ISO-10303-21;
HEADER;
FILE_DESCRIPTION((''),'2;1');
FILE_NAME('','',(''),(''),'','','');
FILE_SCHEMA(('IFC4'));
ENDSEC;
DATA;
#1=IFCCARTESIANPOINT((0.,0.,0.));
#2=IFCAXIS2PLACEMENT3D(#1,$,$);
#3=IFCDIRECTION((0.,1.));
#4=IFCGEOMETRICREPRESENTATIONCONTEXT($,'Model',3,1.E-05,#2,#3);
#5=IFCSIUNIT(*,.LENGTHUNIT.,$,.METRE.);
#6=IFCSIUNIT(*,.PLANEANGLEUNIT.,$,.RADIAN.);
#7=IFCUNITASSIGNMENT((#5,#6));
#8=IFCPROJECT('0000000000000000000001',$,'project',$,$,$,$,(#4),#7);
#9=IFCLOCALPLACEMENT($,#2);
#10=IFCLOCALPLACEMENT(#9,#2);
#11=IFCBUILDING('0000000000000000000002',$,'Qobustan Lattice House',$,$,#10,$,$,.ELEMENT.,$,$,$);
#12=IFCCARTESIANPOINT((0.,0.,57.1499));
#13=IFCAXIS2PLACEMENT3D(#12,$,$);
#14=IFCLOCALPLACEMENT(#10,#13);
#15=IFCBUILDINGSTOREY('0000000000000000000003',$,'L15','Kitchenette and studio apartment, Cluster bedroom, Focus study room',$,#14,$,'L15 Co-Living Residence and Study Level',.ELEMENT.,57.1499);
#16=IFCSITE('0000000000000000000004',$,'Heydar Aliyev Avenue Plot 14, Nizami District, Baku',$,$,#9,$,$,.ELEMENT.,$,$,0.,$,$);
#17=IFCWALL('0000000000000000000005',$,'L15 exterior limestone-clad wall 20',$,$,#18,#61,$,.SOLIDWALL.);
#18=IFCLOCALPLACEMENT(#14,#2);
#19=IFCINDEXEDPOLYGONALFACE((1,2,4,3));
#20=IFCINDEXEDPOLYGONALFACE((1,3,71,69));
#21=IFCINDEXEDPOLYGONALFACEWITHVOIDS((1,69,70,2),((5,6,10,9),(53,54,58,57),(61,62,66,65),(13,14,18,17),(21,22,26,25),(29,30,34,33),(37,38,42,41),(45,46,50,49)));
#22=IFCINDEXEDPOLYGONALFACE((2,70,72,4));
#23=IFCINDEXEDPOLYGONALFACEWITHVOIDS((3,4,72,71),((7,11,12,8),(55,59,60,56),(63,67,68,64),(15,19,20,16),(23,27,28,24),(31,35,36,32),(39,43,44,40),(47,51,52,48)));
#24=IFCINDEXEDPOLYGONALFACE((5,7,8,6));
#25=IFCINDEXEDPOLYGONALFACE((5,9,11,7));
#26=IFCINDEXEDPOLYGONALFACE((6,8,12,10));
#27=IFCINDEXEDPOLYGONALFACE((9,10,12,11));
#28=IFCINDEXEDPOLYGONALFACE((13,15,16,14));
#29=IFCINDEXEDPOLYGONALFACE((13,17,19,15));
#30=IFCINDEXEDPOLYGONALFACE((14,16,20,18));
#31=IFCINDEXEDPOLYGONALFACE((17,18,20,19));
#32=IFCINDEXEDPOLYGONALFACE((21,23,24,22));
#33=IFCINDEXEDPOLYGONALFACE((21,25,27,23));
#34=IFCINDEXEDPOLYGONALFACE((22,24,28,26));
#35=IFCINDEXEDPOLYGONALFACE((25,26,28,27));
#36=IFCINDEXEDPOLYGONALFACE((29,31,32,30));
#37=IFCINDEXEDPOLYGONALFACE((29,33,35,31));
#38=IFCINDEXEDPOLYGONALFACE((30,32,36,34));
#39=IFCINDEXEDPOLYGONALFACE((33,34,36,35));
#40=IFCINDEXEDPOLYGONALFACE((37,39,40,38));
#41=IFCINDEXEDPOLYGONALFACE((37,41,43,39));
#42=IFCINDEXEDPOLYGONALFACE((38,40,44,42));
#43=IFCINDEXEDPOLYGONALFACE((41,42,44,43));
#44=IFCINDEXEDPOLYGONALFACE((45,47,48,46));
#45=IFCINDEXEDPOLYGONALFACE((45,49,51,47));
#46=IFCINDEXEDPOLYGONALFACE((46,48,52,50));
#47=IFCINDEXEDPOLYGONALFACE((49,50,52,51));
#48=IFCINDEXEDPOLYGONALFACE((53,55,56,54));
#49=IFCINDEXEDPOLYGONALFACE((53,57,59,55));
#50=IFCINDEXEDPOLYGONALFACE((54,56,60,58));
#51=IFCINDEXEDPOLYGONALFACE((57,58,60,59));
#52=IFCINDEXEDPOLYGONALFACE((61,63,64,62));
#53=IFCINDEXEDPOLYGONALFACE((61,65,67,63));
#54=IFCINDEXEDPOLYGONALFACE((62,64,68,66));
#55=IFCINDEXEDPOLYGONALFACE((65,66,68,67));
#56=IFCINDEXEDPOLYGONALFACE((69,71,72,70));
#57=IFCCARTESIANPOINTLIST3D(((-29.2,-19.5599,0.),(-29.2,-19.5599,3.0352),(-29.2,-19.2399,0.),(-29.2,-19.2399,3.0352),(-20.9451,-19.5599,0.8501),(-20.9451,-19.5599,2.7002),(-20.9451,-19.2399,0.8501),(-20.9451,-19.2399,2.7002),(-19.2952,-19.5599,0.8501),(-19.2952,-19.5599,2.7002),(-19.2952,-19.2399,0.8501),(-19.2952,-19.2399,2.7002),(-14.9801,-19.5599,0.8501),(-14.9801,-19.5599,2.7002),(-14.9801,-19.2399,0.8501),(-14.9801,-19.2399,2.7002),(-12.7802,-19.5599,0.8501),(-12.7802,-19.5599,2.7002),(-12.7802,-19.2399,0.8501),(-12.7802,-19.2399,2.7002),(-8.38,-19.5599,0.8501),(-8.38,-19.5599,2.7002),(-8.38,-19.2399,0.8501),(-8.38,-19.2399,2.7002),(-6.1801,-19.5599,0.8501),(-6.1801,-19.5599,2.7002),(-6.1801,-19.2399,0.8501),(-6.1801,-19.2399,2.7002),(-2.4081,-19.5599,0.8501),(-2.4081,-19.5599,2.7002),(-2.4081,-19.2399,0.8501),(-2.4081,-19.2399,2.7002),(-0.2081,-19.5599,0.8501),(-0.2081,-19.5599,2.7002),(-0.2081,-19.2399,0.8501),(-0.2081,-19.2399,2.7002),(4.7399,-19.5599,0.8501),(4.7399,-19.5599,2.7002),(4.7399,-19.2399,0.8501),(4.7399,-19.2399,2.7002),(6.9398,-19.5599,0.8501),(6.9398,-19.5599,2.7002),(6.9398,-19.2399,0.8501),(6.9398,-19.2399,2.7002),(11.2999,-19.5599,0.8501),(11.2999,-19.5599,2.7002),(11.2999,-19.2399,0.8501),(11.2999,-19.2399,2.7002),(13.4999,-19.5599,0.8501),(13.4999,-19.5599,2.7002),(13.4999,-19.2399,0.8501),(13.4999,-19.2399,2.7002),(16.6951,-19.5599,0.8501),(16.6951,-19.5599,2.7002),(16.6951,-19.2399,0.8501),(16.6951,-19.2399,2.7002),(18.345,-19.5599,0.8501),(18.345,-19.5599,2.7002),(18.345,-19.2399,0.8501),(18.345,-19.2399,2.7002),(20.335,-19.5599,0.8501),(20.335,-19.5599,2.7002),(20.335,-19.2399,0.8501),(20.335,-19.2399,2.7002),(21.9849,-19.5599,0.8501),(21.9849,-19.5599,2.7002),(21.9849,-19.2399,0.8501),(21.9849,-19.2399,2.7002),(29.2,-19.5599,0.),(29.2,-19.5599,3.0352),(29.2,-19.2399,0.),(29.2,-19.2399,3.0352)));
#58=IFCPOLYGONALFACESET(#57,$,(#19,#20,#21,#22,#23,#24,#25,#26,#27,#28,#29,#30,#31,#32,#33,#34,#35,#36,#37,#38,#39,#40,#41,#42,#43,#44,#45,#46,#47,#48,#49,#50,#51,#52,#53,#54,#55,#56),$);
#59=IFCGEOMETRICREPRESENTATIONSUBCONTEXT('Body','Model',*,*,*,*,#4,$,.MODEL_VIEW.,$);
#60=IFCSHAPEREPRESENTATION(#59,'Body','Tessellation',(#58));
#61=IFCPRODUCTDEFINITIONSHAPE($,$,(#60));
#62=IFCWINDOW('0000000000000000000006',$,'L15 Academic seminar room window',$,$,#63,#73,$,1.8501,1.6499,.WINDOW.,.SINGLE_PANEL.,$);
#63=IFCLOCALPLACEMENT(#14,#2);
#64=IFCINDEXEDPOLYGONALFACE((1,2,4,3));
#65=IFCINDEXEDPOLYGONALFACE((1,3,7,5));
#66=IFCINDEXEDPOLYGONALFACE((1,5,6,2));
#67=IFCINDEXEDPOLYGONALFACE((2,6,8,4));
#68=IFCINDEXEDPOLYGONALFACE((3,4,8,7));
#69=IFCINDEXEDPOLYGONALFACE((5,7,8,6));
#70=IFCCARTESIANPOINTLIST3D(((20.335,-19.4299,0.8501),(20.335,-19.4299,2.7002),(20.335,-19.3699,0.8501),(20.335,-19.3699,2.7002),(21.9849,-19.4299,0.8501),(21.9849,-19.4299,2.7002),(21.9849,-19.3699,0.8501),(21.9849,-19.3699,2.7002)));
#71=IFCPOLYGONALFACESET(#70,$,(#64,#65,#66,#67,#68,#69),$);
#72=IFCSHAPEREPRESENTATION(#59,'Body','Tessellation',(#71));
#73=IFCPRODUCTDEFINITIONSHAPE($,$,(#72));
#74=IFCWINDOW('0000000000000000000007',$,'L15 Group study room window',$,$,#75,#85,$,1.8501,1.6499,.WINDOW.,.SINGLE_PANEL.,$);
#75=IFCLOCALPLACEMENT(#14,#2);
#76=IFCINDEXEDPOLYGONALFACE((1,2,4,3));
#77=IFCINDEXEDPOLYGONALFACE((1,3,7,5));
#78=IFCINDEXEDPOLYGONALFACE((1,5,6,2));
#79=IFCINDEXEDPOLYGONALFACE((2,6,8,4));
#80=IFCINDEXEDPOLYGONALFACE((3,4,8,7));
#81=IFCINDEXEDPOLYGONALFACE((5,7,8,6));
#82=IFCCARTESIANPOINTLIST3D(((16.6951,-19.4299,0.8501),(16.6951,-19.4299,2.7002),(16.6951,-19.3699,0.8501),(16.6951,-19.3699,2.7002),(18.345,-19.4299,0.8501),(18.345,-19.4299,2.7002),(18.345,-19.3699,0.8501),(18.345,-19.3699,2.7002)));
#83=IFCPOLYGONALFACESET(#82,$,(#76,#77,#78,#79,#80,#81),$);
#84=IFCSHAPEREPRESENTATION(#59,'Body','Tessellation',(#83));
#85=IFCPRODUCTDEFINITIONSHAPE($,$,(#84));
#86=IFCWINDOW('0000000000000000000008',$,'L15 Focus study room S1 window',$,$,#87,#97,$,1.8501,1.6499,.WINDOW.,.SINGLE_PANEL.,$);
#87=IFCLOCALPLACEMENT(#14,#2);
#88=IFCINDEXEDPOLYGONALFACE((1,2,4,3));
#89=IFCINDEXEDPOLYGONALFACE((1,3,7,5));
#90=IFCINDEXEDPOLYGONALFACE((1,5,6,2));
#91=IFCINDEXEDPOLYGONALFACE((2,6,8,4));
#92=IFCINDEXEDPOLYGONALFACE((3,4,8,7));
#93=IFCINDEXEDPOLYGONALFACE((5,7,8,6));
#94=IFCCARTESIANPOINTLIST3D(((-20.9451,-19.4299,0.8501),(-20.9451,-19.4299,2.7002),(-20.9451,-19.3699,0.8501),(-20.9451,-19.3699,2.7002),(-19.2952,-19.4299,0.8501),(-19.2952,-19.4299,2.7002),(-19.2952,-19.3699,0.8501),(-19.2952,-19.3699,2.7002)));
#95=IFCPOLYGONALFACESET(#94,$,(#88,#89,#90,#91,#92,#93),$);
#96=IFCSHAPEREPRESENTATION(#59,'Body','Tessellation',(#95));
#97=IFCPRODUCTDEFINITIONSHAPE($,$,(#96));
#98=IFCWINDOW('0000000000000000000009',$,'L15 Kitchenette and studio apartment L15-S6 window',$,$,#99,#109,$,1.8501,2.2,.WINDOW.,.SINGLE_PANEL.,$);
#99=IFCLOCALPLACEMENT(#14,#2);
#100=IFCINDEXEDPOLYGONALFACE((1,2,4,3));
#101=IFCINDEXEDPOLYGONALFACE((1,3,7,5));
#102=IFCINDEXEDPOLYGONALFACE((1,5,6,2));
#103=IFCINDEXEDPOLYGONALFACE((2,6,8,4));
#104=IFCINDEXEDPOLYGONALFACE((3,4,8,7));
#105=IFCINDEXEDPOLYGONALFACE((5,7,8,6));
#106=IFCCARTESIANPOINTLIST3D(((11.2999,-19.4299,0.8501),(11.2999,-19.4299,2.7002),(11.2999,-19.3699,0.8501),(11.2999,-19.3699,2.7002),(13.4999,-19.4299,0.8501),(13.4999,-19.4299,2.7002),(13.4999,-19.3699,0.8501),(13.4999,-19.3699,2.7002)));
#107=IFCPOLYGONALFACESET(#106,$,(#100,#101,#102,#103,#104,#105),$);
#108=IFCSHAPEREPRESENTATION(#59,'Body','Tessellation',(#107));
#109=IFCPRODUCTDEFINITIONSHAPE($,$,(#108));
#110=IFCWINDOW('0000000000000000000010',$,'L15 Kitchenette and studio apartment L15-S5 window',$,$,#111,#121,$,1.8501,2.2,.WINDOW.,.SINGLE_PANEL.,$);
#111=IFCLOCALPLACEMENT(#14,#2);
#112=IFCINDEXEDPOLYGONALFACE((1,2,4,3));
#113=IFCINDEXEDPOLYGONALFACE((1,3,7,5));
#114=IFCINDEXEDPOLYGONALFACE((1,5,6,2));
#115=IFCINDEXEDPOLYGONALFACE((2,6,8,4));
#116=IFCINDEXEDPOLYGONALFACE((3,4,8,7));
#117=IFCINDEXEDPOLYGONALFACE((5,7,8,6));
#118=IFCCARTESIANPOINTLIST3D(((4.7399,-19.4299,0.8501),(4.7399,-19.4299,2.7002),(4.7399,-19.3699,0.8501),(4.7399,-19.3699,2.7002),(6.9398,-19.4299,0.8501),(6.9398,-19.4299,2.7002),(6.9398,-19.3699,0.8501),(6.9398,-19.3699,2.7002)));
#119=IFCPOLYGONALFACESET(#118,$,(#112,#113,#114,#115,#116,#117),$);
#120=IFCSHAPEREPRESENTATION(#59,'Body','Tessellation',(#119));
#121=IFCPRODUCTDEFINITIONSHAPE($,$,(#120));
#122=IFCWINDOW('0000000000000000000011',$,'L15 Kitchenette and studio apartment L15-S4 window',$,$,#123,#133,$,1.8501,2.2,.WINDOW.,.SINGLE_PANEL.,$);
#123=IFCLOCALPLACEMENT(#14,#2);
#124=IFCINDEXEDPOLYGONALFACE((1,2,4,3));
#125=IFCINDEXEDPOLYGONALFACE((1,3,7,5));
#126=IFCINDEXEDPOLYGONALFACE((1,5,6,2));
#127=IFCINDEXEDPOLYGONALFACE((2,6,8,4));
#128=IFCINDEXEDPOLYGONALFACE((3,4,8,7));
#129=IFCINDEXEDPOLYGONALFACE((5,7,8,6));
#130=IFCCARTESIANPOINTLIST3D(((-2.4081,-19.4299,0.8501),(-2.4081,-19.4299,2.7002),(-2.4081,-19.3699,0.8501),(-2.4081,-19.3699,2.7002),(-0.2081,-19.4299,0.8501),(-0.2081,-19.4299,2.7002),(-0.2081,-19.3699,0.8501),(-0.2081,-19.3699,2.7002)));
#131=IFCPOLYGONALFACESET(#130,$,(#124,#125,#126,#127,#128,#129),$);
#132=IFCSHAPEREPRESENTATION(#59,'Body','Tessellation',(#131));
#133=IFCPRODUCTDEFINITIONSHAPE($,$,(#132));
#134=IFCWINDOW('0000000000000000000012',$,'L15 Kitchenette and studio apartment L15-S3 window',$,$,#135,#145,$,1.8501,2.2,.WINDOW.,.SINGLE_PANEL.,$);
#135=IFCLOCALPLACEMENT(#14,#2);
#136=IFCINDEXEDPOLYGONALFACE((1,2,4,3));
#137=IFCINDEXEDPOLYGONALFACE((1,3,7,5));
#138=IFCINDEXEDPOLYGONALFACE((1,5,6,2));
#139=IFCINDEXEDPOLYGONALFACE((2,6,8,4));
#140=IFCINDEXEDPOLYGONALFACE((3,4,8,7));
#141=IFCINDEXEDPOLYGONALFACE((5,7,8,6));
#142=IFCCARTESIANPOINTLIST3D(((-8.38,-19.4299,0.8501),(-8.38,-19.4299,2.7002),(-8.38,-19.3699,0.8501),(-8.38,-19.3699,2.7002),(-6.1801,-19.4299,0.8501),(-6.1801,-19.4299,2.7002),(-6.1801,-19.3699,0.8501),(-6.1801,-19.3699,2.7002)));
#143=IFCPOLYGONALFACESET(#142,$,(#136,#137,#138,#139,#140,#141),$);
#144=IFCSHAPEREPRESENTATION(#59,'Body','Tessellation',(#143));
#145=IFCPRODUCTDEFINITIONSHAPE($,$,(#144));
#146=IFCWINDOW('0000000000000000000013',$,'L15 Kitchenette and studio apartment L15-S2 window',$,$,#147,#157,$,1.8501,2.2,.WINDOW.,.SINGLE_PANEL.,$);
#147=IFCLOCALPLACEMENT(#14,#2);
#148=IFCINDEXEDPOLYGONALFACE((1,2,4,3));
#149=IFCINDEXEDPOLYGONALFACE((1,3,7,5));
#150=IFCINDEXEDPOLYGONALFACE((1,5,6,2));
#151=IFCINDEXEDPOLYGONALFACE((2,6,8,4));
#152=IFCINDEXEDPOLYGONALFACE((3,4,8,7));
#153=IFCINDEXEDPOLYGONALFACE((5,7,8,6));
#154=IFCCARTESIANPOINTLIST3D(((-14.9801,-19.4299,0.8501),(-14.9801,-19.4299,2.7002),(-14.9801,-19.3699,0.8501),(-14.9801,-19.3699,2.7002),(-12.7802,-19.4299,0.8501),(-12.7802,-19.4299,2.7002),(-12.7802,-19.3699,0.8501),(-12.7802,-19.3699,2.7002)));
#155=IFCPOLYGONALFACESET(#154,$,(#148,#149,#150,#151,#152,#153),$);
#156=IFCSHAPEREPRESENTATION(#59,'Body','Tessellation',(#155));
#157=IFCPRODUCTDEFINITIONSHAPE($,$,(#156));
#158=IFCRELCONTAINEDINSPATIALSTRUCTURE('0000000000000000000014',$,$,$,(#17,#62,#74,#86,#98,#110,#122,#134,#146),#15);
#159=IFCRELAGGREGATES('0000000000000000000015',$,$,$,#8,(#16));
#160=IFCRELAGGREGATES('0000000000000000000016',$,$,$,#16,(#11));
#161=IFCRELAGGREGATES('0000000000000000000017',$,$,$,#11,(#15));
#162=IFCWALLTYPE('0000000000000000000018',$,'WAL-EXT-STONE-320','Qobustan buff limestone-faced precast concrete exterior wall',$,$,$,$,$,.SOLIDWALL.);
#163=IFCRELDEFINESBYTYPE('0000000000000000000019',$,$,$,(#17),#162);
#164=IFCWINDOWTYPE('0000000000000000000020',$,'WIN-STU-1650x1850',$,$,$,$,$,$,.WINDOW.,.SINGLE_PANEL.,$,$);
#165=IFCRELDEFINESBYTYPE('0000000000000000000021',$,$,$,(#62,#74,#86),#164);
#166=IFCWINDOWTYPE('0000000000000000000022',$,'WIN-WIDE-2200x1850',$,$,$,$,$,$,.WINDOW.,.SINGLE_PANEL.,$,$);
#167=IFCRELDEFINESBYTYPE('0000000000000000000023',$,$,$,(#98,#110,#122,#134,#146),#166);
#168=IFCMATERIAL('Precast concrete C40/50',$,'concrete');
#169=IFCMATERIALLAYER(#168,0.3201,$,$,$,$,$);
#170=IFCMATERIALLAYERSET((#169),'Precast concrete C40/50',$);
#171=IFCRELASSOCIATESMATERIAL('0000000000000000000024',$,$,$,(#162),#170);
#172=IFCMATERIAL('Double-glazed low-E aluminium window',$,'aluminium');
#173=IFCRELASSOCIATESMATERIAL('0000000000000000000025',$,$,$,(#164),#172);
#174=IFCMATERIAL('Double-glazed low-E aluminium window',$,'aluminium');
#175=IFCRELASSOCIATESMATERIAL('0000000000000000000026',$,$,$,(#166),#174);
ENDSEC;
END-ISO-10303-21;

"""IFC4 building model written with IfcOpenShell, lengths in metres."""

from ifc_helpers import new_model, si_unit, direction, frame, frame_2d, origin, place, context, subcontext, project, spatial, rectangle, extrude, material, layer, layer_set, type_object, element, fill, save


model = new_model("IFC4")

# Units and contexts
model_context = context("Model", 3, precision=1e-05, world=origin(), true_north=direction((0.0, 1.0)))
body_context = subcontext(model_context, "Body", "Model", "MODEL_VIEW")
ifc_project = project(units=[si_unit("LENGTHUNIT", "METRE"), si_unit("PLANEANGLEUNIT", "RADIAN")], contexts=[model_context])

# Site, building, storey
site_placement = place(None, origin())
site = spatial("IfcSite", under=ifc_project, at=site_placement, Name="Heydar Aliyev Avenue Plot 14, Nizami District, Baku", CompositionType="ELEMENT", RefElevation=0.0)
building_placement = place(site_placement, origin())
building = spatial("IfcBuilding", under=site, at=building_placement, Name="Qobustan Lattice House", CompositionType="ELEMENT")
storey_placement = place(building_placement, frame((0.0, 0.0, 57.1499)))
storey = spatial("IfcBuildingStorey", under=building, at=storey_placement, Name="L15", Description="Kitchenette and studio apartment, Cluster bedroom, Focus study room", LongName="L15 Co-Living Residence and Study Level", CompositionType="ELEMENT", Elevation=57.1499)

# Shared definitions
ifc_material_1 = material(Name="Precast concrete C40/50", Category="concrete")
ifc_layer_1 = layer(ifc_material_1, 0.3201)
ifc_layer_set_1 = layer_set([ifc_layer_1], Name="Precast concrete C40/50")
wall_type = type_object("IfcWallType", Name="WAL-EXT-STONE-320", Description="Qobustan buff limestone-faced precast concrete exterior wall", PredefinedType="SOLIDWALL", material=ifc_layer_set_1)

# Wall, openings, windows
wall_1_placement = place(storey_placement, frame((29.2, -19.3999, 0.0), z_axis=(0.0, 0.0, 1.0), x_axis=(-1.0, 0.0, 0.0)))
wall_1 = element("IfcWall", 1, at=wall_1_placement, inside=storey, type_object=wall_type, Name="L15 exterior limestone-clad wall 20", PredefinedType="SOLIDWALL", context=body_context, shape_type="SweptSolid", body=[
    extrude(rectangle(XDim=58.3999, YDim=0.3201, at=frame_2d((29.2, 0.0))), origin(), (0.0, 0.0, 1.0), 3.0352),
])
opening_1_placement = place(wall_1_placement, frame((7.2151, 0.0, 0.8501)))
opening_1 = element("IfcOpeningElement", 2, at=opening_1_placement, cuts=wall_1, PredefinedType="OPENING", context=body_context, shape_type="SweptSolid", body=[
    extrude(rectangle(XDim=1.6499, YDim=1.8501, at=frame_2d((0.825, 0.925))), frame((0.0, 0.1699, 0.0), z_axis=(0.0, -1.0, 0.0), x_axis=(1.0, 0.0, 0.0)), (0.0, 0.0, 1.0), 0.3401),
])
opening_2_placement = place(wall_1_placement, frame((10.855, 0.0, 0.8501)))
opening_2 = element("IfcOpeningElement", 3, at=opening_2_placement, cuts=wall_1, PredefinedType="OPENING", context=body_context, shape_type="SweptSolid", body=[
    extrude(rectangle(XDim=1.6499, YDim=1.8501, at=frame_2d((0.825, 0.925))), frame((0.0, 0.1699, 0.0), z_axis=(0.0, -1.0, 0.0), x_axis=(1.0, 0.0, 0.0)), (0.0, 0.0, 1.0), 0.3401),
])
opening_3_placement = place(wall_1_placement, frame((15.7, 0.0, 0.8501)))
opening_3 = element("IfcOpeningElement", 4, at=opening_3_placement, cuts=wall_1, PredefinedType="OPENING", context=body_context, shape_type="SweptSolid", body=[
    extrude(rectangle(XDim=2.2, YDim=1.8501, at=frame_2d((1.1001, 0.925))), frame((0.0, 0.1699, 0.0), z_axis=(0.0, -1.0, 0.0), x_axis=(1.0, 0.0, 0.0)), (0.0, 0.0, 1.0), 0.3401),
])
opening_4_placement = place(wall_1_placement, frame((22.26, 0.0, 0.8501)))
opening_4 = element("IfcOpeningElement", 5, at=opening_4_placement, cuts=wall_1, PredefinedType="OPENING", context=body_context, shape_type="SweptSolid", body=[
    extrude(rectangle(XDim=2.2, YDim=1.8501, at=frame_2d((1.1001, 0.925))), frame((0.0, 0.1699, 0.0), z_axis=(0.0, -1.0, 0.0), x_axis=(1.0, 0.0, 0.0)), (0.0, 0.0, 1.0), 0.3401),
])
opening_5_placement = place(wall_1_placement, frame((29.408, 0.0, 0.8501)))
opening_5 = element("IfcOpeningElement", 6, at=opening_5_placement, cuts=wall_1, PredefinedType="OPENING", context=body_context, shape_type="SweptSolid", body=[
    extrude(rectangle(XDim=2.2, YDim=1.8501, at=frame_2d((1.1001, 0.925))), frame((0.0, 0.1699, 0.0), z_axis=(0.0, -1.0, 0.0), x_axis=(1.0, 0.0, 0.0)), (0.0, 0.0, 1.0), 0.3401),
])
opening_6_placement = place(wall_1_placement, frame((35.3799, 0.0, 0.8501)))
opening_6 = element("IfcOpeningElement", 7, at=opening_6_placement, cuts=wall_1, PredefinedType="OPENING", context=body_context, shape_type="SweptSolid", body=[
    extrude(rectangle(XDim=2.2, YDim=1.8501, at=frame_2d((1.1001, 0.925))), frame((0.0, 0.1699, 0.0), z_axis=(0.0, -1.0, 0.0), x_axis=(1.0, 0.0, 0.0)), (0.0, 0.0, 1.0), 0.3401),
])
opening_7_placement = place(wall_1_placement, frame((41.98, 0.0, 0.8501)))
opening_7 = element("IfcOpeningElement", 8, at=opening_7_placement, cuts=wall_1, PredefinedType="OPENING", context=body_context, shape_type="SweptSolid", body=[
    extrude(rectangle(XDim=2.2, YDim=1.8501, at=frame_2d((1.1001, 0.925))), frame((0.0, 0.1699, 0.0), z_axis=(0.0, -1.0, 0.0), x_axis=(1.0, 0.0, 0.0)), (0.0, 0.0, 1.0), 0.3401),
])
opening_8_placement = place(wall_1_placement, frame((48.4951, 0.0, 0.8501)))
opening_8 = element("IfcOpeningElement", 9, at=opening_8_placement, cuts=wall_1, PredefinedType="OPENING", context=body_context, shape_type="SweptSolid", body=[
    extrude(rectangle(XDim=1.6499, YDim=1.8501, at=frame_2d((0.825, 0.925))), frame((0.0, 0.1699, 0.0), z_axis=(0.0, -1.0, 0.0), x_axis=(1.0, 0.0, 0.0)), (0.0, 0.0, 1.0), 0.3401),
])
ifc_material_2 = material(Name="Double-glazed low-E aluminium window", Category="aluminium")
window_type_1 = type_object("IfcWindowType", Name="WIN-STU-1650x1850", PartitioningType="SINGLE_PANEL", PredefinedType="WINDOW", material=ifc_material_2)
window_1_placement = place(opening_1_placement, origin())
window_1 = element("IfcWindow", 10, at=window_1_placement, inside=storey, type_object=window_type_1, Name="L15 Academic seminar room window", OverallHeight=1.8501, OverallWidth=1.6499, PartitioningType="SINGLE_PANEL", PredefinedType="WINDOW", context=body_context, shape_type="SweptSolid", body=[
    extrude(rectangle(XDim=1.6499, YDim=1.8501, at=frame_2d((0.825, 0.925))), frame((0.0, 0.03, 0.0), z_axis=(0.0, -1.0, 0.0), x_axis=(1.0, 0.0, 0.0)), (0.0, 0.0, 1.0), 0.0601),
])
fill(opening_1, window_1)
window_2_placement = place(opening_2_placement, origin())
window_2 = element("IfcWindow", 11, at=window_2_placement, inside=storey, type_object=window_type_1, Name="L15 Group study room window", OverallHeight=1.8501, OverallWidth=1.6499, PartitioningType="SINGLE_PANEL", PredefinedType="WINDOW", context=body_context, shape_type="SweptSolid", body=[
    extrude(rectangle(XDim=1.6499, YDim=1.8501, at=frame_2d((0.825, 0.925))), frame((0.0, 0.03, 0.0), z_axis=(0.0, -1.0, 0.0), x_axis=(1.0, 0.0, 0.0)), (0.0, 0.0, 1.0), 0.0601),
])
fill(opening_2, window_2)
window_3_placement = place(opening_8_placement, origin())
window_3 = element("IfcWindow", 12, at=window_3_placement, inside=storey, type_object=window_type_1, Name="L15 Focus study room S1 window", OverallHeight=1.8501, OverallWidth=1.6499, PartitioningType="SINGLE_PANEL", PredefinedType="WINDOW", context=body_context, shape_type="SweptSolid", body=[
    extrude(rectangle(XDim=1.6499, YDim=1.8501, at=frame_2d((0.825, 0.925))), frame((0.0, 0.03, 0.0), z_axis=(0.0, -1.0, 0.0), x_axis=(1.0, 0.0, 0.0)), (0.0, 0.0, 1.0), 0.0601),
])
fill(opening_8, window_3)
ifc_material_3 = material(Name="Double-glazed low-E aluminium window", Category="aluminium")
window_type_2 = type_object("IfcWindowType", Name="WIN-WIDE-2200x1850", PartitioningType="SINGLE_PANEL", PredefinedType="WINDOW", material=ifc_material_3)
window_4_placement = place(opening_3_placement, origin())
window_4 = element("IfcWindow", 13, at=window_4_placement, inside=storey, type_object=window_type_2, Name="L15 Kitchenette and studio apartment L15-S6 window", OverallHeight=1.8501, OverallWidth=2.2, PartitioningType="SINGLE_PANEL", PredefinedType="WINDOW", context=body_context, shape_type="SweptSolid", body=[
    extrude(rectangle(XDim=2.2, YDim=1.8501, at=frame_2d((1.1001, 0.925))), frame((0.0, 0.03, 0.0), z_axis=(0.0, -1.0, 0.0), x_axis=(1.0, 0.0, 0.0)), (0.0, 0.0, 1.0), 0.0601),
])
fill(opening_3, window_4)
window_5_placement = place(opening_4_placement, origin())
window_5 = element("IfcWindow", 14, at=window_5_placement, inside=storey, type_object=window_type_2, Name="L15 Kitchenette and studio apartment L15-S5 window", OverallHeight=1.8501, OverallWidth=2.2, PartitioningType="SINGLE_PANEL", PredefinedType="WINDOW", context=body_context, shape_type="SweptSolid", body=[
    extrude(rectangle(XDim=2.2, YDim=1.8501, at=frame_2d((1.1001, 0.925))), frame((0.0, 0.03, 0.0), z_axis=(0.0, -1.0, 0.0), x_axis=(1.0, 0.0, 0.0)), (0.0, 0.0, 1.0), 0.0601),
])
fill(opening_4, window_5)
window_6_placement = place(opening_5_placement, origin())
window_6 = element("IfcWindow", 15, at=window_6_placement, inside=storey, type_object=window_type_2, Name="L15 Kitchenette and studio apartment L15-S4 window", OverallHeight=1.8501, OverallWidth=2.2, PartitioningType="SINGLE_PANEL", PredefinedType="WINDOW", context=body_context, shape_type="SweptSolid", body=[
    extrude(rectangle(XDim=2.2, YDim=1.8501, at=frame_2d((1.1001, 0.925))), frame((0.0, 0.03, 0.0), z_axis=(0.0, -1.0, 0.0), x_axis=(1.0, 0.0, 0.0)), (0.0, 0.0, 1.0), 0.0601),
])
fill(opening_5, window_6)
window_7_placement = place(opening_6_placement, origin())
window_7 = element("IfcWindow", 16, at=window_7_placement, inside=storey, type_object=window_type_2, Name="L15 Kitchenette and studio apartment L15-S3 window", OverallHeight=1.8501, OverallWidth=2.2, PartitioningType="SINGLE_PANEL", PredefinedType="WINDOW", context=body_context, shape_type="SweptSolid", body=[
    extrude(rectangle(XDim=2.2, YDim=1.8501, at=frame_2d((1.1001, 0.925))), frame((0.0, 0.03, 0.0), z_axis=(0.0, -1.0, 0.0), x_axis=(1.0, 0.0, 0.0)), (0.0, 0.0, 1.0), 0.0601),
])
fill(opening_6, window_7)
window_8_placement = place(opening_7_placement, origin())
window_8 = element("IfcWindow", 17, at=window_8_placement, inside=storey, type_object=window_type_2, Name="L15 Kitchenette and studio apartment L15-S2 window", OverallHeight=1.8501, OverallWidth=2.2, PartitioningType="SINGLE_PANEL", PredefinedType="WINDOW", context=body_context, shape_type="SweptSolid", body=[
    extrude(rectangle(XDim=2.2, YDim=1.8501, at=frame_2d((1.1001, 0.925))), frame((0.0, 0.03, 0.0), z_axis=(0.0, -1.0, 0.0), x_axis=(1.0, 0.0, 0.0)), (0.0, 0.0, 1.0), 0.0601),
])
fill(opening_7, window_8)

save(model, "model.ifc")
